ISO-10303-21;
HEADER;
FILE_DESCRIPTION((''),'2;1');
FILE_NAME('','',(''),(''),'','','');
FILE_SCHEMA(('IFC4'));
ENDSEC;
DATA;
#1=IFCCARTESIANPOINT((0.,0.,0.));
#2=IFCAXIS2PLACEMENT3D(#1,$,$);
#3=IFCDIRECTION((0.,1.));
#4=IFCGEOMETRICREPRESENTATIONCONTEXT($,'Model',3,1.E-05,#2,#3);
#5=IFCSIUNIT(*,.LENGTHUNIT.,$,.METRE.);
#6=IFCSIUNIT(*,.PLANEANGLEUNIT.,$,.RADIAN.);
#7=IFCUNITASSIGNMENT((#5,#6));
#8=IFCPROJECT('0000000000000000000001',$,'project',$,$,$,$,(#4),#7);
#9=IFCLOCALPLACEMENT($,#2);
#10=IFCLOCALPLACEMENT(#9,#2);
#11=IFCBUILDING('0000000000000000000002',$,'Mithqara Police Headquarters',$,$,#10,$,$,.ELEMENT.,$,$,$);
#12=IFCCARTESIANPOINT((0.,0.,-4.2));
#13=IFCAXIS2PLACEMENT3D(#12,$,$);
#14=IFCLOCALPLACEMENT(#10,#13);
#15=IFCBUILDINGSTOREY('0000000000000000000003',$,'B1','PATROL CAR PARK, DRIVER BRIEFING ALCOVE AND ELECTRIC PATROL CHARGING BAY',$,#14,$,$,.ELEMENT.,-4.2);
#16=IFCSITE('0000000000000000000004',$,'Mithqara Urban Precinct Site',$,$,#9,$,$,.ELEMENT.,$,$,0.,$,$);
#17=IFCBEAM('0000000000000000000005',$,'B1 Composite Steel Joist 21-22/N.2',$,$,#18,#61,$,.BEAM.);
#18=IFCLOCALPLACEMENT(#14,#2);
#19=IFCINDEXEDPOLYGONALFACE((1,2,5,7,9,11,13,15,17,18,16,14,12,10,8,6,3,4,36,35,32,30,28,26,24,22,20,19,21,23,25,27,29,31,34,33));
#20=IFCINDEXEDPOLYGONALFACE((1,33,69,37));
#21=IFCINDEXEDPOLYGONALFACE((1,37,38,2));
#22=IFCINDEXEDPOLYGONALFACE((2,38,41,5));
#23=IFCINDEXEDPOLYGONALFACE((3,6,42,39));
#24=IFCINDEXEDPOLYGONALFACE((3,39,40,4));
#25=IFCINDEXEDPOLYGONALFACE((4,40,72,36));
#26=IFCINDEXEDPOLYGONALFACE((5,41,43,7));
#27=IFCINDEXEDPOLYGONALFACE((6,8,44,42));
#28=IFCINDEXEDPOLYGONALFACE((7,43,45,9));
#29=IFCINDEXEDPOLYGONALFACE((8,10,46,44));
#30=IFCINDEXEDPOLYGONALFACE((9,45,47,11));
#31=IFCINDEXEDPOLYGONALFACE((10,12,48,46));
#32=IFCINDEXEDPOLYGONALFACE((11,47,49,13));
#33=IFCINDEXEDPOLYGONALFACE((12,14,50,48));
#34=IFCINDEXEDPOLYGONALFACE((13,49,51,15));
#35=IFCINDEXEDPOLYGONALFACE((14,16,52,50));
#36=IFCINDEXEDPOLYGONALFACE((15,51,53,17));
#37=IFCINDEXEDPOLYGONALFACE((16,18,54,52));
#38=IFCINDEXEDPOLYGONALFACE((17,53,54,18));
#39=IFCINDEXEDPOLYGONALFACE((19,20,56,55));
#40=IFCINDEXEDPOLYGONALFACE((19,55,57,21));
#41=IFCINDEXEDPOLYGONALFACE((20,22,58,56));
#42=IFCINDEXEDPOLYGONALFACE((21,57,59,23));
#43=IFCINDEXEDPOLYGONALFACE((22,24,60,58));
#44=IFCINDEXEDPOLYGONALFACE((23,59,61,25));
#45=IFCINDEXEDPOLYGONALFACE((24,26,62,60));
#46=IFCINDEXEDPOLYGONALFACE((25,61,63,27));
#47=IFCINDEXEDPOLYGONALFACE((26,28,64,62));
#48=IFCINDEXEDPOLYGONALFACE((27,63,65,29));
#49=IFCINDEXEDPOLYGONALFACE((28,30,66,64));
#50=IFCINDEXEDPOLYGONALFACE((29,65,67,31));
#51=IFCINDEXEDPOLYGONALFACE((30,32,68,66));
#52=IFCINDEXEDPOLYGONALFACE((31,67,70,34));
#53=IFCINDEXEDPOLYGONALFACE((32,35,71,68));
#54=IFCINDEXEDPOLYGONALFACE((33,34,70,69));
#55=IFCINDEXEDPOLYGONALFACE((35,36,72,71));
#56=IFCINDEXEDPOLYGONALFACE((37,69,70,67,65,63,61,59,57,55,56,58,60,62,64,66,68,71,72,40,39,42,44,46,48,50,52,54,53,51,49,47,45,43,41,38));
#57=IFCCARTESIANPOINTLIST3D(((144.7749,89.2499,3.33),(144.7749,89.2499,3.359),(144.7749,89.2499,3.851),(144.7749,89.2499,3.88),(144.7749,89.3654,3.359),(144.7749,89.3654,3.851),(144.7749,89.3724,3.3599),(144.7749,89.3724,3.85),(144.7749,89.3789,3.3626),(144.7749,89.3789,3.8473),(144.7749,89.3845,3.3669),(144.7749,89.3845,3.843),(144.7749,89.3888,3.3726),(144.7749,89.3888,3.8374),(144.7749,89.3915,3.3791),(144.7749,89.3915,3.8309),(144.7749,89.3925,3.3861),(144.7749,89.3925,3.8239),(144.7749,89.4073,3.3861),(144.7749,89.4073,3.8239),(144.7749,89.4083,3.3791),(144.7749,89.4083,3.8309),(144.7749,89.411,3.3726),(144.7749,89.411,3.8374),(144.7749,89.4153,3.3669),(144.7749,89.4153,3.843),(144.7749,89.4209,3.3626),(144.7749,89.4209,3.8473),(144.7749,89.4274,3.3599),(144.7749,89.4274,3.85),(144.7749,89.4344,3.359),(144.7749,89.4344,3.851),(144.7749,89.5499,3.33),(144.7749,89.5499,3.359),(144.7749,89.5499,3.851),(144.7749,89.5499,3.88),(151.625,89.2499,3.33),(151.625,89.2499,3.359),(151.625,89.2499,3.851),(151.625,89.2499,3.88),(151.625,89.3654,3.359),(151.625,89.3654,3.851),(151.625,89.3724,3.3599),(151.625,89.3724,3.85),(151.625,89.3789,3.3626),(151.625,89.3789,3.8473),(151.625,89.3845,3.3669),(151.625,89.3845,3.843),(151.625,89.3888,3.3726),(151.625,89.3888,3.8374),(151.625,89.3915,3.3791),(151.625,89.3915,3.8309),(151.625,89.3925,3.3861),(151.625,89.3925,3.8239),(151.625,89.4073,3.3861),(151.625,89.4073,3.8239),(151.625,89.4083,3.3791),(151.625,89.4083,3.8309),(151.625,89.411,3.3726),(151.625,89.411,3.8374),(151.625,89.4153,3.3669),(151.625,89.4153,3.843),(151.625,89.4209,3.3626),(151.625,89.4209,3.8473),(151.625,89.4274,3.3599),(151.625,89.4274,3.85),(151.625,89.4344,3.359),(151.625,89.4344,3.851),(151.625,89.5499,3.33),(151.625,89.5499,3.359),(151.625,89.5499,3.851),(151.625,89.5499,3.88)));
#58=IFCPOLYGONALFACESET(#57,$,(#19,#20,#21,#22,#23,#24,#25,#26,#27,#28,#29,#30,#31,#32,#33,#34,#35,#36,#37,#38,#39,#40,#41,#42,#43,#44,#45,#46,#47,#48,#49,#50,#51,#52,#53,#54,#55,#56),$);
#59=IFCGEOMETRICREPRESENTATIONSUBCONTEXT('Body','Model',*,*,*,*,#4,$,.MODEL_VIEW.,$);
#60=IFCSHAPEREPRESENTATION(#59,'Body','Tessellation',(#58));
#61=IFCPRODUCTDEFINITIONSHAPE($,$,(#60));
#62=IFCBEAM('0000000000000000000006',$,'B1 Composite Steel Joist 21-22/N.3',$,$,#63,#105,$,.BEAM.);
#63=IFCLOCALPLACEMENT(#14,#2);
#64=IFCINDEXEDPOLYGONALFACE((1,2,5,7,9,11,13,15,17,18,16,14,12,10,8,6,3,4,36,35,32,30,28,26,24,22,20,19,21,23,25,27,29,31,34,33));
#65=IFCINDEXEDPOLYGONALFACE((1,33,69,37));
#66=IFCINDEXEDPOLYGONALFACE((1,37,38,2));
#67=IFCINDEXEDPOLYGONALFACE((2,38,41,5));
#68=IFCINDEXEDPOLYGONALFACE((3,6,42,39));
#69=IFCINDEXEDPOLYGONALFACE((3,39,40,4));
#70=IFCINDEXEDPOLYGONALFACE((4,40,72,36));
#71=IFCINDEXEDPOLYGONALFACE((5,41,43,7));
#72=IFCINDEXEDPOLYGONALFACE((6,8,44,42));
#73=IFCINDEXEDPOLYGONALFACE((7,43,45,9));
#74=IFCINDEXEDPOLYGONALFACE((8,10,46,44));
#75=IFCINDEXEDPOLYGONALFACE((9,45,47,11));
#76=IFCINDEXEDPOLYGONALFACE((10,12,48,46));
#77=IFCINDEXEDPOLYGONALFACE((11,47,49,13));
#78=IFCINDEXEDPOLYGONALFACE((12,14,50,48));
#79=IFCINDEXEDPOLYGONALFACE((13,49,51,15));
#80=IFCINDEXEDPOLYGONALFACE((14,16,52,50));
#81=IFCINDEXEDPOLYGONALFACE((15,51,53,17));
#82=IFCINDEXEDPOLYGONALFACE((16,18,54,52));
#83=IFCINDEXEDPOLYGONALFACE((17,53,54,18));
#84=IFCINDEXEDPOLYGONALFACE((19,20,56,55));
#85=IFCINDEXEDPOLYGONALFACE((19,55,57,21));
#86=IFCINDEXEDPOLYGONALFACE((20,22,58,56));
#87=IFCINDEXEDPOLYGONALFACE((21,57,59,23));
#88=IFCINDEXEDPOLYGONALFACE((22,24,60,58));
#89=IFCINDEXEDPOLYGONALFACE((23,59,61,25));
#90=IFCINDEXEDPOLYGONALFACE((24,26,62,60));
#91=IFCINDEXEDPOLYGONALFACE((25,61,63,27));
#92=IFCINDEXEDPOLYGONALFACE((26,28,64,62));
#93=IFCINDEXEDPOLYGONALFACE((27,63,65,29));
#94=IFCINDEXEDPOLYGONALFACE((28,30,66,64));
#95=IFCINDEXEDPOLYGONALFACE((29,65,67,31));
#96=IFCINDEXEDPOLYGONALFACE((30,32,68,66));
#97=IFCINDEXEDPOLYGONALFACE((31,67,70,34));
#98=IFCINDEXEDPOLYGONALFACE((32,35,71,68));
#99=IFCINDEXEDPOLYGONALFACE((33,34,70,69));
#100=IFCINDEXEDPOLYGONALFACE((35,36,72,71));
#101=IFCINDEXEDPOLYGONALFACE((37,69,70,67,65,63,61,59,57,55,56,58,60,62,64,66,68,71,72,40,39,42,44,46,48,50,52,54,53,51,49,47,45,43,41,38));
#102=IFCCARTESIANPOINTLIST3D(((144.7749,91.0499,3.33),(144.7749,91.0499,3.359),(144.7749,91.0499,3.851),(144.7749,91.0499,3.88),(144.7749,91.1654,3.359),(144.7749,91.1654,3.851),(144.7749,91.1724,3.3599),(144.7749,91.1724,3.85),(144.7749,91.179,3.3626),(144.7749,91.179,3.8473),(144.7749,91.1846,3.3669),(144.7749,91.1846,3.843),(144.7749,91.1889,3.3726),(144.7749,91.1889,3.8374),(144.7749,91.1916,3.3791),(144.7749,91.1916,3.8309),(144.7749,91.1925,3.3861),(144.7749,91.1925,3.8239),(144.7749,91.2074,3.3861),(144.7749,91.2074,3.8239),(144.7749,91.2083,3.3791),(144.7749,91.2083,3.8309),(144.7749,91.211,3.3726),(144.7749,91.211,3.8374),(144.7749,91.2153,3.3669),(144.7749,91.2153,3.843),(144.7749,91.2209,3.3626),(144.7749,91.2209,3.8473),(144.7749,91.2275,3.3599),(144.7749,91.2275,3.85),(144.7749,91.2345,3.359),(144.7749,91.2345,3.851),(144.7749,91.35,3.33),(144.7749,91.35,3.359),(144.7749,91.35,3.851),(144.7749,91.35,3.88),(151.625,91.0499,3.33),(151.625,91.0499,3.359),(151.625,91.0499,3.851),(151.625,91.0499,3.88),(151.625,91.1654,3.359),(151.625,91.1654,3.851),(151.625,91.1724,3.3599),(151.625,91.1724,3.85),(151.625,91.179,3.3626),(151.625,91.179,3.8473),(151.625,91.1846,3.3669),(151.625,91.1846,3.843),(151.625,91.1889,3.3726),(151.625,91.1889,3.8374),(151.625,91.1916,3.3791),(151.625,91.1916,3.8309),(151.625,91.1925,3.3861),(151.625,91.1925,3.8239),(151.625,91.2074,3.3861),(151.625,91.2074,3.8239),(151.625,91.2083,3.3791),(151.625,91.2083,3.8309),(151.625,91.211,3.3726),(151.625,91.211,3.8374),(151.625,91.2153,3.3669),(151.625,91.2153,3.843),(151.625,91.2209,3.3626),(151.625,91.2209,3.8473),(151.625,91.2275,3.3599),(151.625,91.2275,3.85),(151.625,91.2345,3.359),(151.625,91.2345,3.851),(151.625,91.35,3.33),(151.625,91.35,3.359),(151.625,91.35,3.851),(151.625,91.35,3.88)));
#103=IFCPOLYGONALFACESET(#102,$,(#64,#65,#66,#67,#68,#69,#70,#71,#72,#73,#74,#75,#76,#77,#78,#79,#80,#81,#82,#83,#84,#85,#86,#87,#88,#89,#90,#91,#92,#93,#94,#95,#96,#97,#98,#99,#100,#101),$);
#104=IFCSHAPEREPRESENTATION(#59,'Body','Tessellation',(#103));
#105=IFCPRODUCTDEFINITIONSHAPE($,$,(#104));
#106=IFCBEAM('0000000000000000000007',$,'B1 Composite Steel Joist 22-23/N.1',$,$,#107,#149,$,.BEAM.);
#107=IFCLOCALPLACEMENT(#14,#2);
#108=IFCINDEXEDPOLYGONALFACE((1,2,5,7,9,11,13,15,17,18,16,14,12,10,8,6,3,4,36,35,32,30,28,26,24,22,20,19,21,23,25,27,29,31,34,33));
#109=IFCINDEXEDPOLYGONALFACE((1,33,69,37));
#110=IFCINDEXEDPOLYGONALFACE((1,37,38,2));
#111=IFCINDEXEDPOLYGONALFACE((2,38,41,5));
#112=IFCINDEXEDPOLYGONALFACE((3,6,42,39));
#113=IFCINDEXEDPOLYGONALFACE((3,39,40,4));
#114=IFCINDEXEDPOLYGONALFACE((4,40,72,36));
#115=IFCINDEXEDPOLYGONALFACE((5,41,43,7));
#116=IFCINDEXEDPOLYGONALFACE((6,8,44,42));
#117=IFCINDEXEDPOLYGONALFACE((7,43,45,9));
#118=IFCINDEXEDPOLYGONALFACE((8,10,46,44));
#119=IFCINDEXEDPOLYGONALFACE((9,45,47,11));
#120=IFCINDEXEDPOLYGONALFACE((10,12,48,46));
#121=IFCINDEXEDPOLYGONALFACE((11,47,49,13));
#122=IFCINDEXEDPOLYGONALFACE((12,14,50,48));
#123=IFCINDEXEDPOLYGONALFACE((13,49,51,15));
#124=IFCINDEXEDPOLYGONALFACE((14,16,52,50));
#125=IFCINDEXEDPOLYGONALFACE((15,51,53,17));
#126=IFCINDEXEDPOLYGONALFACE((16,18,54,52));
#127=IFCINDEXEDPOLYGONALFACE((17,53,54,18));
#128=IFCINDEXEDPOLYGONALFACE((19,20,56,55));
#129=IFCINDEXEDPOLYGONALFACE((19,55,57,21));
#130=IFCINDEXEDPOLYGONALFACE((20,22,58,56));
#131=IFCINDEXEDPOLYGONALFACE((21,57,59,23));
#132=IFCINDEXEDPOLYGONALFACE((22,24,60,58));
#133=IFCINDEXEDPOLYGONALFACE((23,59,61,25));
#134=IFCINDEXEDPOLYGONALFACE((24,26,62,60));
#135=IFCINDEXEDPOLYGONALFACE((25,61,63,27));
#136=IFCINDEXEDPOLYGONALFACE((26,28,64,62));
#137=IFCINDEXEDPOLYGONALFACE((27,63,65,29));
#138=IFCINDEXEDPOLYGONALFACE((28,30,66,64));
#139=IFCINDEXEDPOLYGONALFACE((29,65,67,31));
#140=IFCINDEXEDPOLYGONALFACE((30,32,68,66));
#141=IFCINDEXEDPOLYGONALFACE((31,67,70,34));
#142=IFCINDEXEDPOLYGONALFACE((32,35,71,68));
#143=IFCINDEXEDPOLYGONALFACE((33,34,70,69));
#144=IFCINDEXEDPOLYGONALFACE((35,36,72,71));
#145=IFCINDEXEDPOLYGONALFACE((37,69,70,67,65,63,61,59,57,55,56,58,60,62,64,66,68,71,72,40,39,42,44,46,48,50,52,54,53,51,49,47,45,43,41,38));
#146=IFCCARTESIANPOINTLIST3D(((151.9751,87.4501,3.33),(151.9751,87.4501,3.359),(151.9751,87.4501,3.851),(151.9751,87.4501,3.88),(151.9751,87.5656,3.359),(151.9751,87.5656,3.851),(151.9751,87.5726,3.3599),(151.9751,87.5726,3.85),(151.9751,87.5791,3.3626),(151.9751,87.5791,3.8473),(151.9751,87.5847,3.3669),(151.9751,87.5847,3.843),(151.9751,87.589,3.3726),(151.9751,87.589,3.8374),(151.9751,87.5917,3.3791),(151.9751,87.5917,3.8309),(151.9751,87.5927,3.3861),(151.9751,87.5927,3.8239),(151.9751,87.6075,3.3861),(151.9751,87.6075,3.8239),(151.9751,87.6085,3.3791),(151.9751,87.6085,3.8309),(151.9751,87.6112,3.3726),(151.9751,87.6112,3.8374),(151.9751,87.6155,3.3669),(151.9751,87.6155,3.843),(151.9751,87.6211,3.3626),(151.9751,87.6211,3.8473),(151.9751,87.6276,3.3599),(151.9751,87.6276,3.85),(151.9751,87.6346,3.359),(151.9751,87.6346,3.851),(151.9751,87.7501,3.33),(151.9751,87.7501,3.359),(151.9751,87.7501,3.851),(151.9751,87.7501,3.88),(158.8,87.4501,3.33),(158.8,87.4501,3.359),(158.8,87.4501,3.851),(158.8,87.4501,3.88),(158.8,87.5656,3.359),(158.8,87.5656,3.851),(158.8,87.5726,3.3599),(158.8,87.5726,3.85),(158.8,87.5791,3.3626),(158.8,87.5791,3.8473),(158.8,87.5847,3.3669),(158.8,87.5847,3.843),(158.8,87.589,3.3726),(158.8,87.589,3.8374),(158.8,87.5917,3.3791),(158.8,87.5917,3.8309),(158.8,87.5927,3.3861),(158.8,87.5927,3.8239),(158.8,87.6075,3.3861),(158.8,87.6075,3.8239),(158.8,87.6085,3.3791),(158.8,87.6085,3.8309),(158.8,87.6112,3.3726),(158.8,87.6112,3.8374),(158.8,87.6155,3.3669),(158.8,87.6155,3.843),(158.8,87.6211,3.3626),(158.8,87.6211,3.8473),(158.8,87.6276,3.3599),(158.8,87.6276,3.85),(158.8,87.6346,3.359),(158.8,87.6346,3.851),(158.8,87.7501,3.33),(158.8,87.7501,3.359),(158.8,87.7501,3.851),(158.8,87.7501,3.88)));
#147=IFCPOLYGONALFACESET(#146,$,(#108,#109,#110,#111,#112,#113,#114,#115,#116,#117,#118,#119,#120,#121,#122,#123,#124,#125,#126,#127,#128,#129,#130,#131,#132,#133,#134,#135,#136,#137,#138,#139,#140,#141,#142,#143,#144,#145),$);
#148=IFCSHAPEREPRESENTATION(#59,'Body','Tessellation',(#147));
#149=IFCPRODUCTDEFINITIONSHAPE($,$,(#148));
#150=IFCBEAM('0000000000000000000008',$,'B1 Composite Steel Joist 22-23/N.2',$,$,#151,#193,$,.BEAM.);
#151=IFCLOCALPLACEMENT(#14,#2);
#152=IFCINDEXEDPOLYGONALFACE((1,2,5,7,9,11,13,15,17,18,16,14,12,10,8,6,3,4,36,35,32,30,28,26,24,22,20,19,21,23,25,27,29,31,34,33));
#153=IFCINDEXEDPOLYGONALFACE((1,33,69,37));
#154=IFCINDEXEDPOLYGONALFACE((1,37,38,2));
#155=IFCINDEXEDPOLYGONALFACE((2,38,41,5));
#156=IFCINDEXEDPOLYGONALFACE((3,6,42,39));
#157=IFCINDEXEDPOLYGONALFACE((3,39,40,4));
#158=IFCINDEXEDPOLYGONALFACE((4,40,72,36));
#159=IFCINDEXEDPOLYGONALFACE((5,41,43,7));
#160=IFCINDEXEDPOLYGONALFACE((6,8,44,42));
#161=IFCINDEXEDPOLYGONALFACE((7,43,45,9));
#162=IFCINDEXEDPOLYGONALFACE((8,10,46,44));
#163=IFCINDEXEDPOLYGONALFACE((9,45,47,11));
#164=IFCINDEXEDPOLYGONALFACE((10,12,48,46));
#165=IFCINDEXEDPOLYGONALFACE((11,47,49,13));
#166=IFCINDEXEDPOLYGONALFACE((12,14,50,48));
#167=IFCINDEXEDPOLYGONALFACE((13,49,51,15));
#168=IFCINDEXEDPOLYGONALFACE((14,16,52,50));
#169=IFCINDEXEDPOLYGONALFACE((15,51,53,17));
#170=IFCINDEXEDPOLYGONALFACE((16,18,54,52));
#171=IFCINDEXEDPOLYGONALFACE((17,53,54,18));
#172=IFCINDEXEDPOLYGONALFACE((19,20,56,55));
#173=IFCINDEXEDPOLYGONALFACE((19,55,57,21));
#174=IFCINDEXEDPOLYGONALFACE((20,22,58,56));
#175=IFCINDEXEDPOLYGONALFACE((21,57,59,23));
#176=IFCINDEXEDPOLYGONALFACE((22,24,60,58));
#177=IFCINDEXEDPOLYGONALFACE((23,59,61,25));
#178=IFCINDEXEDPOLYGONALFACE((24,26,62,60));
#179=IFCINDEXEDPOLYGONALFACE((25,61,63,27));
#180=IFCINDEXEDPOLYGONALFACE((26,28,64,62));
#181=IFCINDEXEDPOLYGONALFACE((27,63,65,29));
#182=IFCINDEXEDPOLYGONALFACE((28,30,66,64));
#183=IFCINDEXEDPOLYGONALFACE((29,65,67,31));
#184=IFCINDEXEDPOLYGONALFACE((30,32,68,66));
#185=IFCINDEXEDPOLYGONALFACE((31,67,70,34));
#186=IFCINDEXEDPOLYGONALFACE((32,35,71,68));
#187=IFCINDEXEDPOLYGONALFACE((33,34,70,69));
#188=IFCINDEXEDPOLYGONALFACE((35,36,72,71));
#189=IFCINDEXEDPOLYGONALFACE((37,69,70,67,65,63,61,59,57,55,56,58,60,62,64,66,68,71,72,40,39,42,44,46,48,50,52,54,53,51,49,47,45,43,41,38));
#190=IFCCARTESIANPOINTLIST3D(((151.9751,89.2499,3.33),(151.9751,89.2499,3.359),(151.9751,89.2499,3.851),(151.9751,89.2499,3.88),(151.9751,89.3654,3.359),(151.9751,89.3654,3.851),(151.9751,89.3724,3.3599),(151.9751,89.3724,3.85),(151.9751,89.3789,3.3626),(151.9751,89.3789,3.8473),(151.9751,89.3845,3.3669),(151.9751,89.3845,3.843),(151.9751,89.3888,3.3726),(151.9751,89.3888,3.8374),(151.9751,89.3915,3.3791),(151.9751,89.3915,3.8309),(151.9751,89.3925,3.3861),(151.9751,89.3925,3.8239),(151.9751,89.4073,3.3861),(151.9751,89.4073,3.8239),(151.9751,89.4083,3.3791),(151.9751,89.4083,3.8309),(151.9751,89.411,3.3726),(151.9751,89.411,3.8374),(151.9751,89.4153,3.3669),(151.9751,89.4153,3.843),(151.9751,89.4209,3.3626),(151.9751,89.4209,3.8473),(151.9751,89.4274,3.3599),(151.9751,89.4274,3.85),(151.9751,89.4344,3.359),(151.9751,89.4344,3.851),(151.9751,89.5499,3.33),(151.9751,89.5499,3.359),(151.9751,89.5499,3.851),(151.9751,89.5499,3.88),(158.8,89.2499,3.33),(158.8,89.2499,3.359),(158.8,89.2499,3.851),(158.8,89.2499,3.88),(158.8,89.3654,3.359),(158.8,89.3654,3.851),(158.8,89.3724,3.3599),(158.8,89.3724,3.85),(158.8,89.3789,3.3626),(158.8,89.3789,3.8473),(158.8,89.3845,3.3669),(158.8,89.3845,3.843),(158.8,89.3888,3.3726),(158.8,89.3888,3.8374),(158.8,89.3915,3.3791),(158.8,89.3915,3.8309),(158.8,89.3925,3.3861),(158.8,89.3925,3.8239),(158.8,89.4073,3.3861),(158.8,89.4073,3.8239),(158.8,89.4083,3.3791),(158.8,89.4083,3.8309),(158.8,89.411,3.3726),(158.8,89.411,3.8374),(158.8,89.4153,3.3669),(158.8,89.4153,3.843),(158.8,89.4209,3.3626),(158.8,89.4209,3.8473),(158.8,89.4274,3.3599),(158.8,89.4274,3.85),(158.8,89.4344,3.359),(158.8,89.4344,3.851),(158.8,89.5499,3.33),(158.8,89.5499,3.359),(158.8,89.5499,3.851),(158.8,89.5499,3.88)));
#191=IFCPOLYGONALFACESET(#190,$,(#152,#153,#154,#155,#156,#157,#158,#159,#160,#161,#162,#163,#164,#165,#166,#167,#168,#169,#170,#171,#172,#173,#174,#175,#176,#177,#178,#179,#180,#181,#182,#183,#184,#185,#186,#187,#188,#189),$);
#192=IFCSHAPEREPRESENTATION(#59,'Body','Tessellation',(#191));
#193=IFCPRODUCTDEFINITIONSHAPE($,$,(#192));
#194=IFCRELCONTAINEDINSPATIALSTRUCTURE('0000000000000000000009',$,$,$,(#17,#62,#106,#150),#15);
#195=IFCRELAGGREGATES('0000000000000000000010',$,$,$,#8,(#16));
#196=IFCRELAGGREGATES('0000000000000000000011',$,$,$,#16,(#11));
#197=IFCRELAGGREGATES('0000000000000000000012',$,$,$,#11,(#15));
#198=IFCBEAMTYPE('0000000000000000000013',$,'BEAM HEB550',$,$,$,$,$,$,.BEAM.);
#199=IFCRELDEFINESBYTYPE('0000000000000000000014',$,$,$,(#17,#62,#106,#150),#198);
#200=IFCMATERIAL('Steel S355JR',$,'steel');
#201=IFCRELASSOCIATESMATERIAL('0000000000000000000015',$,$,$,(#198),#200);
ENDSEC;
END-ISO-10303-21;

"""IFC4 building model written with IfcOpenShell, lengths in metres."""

from ifc_helpers import new_model, si_unit, direction, frame, origin, origin_2d, place, context, subcontext, project, spatial, i_section, extrude, material, material_profile, profile_set, type_object, element, save


model = new_model("IFC4")

# Units and contexts
model_context = context("Model", 3, precision=1e-05, world=origin(), true_north=direction((0.0, 1.0)))
body_context = subcontext(model_context, "Body", "Model", "MODEL_VIEW")
ifc_project = project(units=[si_unit("LENGTHUNIT", "METRE"), si_unit("PLANEANGLEUNIT", "RADIAN")], contexts=[model_context])

# Site, building, storey
site_placement = place(None, origin())
site = spatial("IfcSite", under=ifc_project, at=site_placement, Name="Mithqara Urban Precinct Site", CompositionType="ELEMENT", RefElevation=0.0)
building_placement = place(site_placement, origin())
building = spatial("IfcBuilding", under=site, at=building_placement, Name="Mithqara Police Headquarters", CompositionType="ELEMENT")
storey_placement = place(building_placement, frame((0.0, 0.0, -4.2)))
storey = spatial("IfcBuildingStorey", under=building, at=storey_placement, Name="B1", Description="PATROL CAR PARK, DRIVER BRIEFING ALCOVE AND ELECTRIC PATROL CHARGING BAY", CompositionType="ELEMENT", Elevation=-4.2)

# Beams
ifc_material_1 = material(Name="Steel S355JR", Category="steel")
ifc_material_profile_1 = material_profile(ifc_material_1, i_section(OverallWidth=0.3, OverallDepth=0.55, WebThickness=0.0149, FlangeThickness=0.0291, FilletRadius=0.0271, at=origin_2d()), Name="HEB 550")
ifc_profile_set_1 = profile_set([ifc_material_profile_1], Name="Steel S355JR")
beam_type_1 = type_object("IfcBeamType", Name="BEAM HEB550", PredefinedType="BEAM", material=ifc_profile_set_1)
for number, where, z_axis, x_axis, name in (
    (1, (144.7749, 89.3999, 3.605), (1.0, 0.0, 0.0), (0.0, 1.0, 0.0), "B1 Composite Steel Joist 21-22/N.2"),
    (2, (144.7749, 91.2, 3.605), (1.0, 0.0, 0.0), (0.0, 1.0, 0.0), "B1 Composite Steel Joist 21-22/N.3"),
):
    element("IfcBeam", number, at=place(storey_placement, frame(where, z_axis=z_axis, x_axis=x_axis)), inside=storey, type_object=beam_type_1, Name=name, PredefinedType="BEAM", context=body_context, shape_type="SweptSolid", body=[
        extrude(i_section(OverallWidth=0.3, OverallDepth=0.55, WebThickness=0.0149, FlangeThickness=0.0291, FilletRadius=0.0271, at=origin_2d()), origin(), (0.0, 0.0, 1.0), 6.8501),
    ])
for number, where, z_axis, x_axis, name in (
    (3, (151.9751, 87.6001, 3.605), (1.0, 0.0, 0.0), (0.0, 1.0, 0.0), "B1 Composite Steel Joist 22-23/N.1"),
    (4, (151.9751, 89.3999, 3.605), (1.0, 0.0, 0.0), (0.0, 1.0, 0.0), "B1 Composite Steel Joist 22-23/N.2"),
):
    element("IfcBeam", number, at=place(storey_placement, frame(where, z_axis=z_axis, x_axis=x_axis)), inside=storey, type_object=beam_type_1, Name=name, PredefinedType="BEAM", context=body_context, shape_type="SweptSolid", body=[
        extrude(i_section(OverallWidth=0.3, OverallDepth=0.55, WebThickness=0.0149, FlangeThickness=0.0291, FilletRadius=0.0271, at=origin_2d()), origin(), (0.0, 0.0, 1.0), 6.825),
    ])

save(model, "model.ifc")
